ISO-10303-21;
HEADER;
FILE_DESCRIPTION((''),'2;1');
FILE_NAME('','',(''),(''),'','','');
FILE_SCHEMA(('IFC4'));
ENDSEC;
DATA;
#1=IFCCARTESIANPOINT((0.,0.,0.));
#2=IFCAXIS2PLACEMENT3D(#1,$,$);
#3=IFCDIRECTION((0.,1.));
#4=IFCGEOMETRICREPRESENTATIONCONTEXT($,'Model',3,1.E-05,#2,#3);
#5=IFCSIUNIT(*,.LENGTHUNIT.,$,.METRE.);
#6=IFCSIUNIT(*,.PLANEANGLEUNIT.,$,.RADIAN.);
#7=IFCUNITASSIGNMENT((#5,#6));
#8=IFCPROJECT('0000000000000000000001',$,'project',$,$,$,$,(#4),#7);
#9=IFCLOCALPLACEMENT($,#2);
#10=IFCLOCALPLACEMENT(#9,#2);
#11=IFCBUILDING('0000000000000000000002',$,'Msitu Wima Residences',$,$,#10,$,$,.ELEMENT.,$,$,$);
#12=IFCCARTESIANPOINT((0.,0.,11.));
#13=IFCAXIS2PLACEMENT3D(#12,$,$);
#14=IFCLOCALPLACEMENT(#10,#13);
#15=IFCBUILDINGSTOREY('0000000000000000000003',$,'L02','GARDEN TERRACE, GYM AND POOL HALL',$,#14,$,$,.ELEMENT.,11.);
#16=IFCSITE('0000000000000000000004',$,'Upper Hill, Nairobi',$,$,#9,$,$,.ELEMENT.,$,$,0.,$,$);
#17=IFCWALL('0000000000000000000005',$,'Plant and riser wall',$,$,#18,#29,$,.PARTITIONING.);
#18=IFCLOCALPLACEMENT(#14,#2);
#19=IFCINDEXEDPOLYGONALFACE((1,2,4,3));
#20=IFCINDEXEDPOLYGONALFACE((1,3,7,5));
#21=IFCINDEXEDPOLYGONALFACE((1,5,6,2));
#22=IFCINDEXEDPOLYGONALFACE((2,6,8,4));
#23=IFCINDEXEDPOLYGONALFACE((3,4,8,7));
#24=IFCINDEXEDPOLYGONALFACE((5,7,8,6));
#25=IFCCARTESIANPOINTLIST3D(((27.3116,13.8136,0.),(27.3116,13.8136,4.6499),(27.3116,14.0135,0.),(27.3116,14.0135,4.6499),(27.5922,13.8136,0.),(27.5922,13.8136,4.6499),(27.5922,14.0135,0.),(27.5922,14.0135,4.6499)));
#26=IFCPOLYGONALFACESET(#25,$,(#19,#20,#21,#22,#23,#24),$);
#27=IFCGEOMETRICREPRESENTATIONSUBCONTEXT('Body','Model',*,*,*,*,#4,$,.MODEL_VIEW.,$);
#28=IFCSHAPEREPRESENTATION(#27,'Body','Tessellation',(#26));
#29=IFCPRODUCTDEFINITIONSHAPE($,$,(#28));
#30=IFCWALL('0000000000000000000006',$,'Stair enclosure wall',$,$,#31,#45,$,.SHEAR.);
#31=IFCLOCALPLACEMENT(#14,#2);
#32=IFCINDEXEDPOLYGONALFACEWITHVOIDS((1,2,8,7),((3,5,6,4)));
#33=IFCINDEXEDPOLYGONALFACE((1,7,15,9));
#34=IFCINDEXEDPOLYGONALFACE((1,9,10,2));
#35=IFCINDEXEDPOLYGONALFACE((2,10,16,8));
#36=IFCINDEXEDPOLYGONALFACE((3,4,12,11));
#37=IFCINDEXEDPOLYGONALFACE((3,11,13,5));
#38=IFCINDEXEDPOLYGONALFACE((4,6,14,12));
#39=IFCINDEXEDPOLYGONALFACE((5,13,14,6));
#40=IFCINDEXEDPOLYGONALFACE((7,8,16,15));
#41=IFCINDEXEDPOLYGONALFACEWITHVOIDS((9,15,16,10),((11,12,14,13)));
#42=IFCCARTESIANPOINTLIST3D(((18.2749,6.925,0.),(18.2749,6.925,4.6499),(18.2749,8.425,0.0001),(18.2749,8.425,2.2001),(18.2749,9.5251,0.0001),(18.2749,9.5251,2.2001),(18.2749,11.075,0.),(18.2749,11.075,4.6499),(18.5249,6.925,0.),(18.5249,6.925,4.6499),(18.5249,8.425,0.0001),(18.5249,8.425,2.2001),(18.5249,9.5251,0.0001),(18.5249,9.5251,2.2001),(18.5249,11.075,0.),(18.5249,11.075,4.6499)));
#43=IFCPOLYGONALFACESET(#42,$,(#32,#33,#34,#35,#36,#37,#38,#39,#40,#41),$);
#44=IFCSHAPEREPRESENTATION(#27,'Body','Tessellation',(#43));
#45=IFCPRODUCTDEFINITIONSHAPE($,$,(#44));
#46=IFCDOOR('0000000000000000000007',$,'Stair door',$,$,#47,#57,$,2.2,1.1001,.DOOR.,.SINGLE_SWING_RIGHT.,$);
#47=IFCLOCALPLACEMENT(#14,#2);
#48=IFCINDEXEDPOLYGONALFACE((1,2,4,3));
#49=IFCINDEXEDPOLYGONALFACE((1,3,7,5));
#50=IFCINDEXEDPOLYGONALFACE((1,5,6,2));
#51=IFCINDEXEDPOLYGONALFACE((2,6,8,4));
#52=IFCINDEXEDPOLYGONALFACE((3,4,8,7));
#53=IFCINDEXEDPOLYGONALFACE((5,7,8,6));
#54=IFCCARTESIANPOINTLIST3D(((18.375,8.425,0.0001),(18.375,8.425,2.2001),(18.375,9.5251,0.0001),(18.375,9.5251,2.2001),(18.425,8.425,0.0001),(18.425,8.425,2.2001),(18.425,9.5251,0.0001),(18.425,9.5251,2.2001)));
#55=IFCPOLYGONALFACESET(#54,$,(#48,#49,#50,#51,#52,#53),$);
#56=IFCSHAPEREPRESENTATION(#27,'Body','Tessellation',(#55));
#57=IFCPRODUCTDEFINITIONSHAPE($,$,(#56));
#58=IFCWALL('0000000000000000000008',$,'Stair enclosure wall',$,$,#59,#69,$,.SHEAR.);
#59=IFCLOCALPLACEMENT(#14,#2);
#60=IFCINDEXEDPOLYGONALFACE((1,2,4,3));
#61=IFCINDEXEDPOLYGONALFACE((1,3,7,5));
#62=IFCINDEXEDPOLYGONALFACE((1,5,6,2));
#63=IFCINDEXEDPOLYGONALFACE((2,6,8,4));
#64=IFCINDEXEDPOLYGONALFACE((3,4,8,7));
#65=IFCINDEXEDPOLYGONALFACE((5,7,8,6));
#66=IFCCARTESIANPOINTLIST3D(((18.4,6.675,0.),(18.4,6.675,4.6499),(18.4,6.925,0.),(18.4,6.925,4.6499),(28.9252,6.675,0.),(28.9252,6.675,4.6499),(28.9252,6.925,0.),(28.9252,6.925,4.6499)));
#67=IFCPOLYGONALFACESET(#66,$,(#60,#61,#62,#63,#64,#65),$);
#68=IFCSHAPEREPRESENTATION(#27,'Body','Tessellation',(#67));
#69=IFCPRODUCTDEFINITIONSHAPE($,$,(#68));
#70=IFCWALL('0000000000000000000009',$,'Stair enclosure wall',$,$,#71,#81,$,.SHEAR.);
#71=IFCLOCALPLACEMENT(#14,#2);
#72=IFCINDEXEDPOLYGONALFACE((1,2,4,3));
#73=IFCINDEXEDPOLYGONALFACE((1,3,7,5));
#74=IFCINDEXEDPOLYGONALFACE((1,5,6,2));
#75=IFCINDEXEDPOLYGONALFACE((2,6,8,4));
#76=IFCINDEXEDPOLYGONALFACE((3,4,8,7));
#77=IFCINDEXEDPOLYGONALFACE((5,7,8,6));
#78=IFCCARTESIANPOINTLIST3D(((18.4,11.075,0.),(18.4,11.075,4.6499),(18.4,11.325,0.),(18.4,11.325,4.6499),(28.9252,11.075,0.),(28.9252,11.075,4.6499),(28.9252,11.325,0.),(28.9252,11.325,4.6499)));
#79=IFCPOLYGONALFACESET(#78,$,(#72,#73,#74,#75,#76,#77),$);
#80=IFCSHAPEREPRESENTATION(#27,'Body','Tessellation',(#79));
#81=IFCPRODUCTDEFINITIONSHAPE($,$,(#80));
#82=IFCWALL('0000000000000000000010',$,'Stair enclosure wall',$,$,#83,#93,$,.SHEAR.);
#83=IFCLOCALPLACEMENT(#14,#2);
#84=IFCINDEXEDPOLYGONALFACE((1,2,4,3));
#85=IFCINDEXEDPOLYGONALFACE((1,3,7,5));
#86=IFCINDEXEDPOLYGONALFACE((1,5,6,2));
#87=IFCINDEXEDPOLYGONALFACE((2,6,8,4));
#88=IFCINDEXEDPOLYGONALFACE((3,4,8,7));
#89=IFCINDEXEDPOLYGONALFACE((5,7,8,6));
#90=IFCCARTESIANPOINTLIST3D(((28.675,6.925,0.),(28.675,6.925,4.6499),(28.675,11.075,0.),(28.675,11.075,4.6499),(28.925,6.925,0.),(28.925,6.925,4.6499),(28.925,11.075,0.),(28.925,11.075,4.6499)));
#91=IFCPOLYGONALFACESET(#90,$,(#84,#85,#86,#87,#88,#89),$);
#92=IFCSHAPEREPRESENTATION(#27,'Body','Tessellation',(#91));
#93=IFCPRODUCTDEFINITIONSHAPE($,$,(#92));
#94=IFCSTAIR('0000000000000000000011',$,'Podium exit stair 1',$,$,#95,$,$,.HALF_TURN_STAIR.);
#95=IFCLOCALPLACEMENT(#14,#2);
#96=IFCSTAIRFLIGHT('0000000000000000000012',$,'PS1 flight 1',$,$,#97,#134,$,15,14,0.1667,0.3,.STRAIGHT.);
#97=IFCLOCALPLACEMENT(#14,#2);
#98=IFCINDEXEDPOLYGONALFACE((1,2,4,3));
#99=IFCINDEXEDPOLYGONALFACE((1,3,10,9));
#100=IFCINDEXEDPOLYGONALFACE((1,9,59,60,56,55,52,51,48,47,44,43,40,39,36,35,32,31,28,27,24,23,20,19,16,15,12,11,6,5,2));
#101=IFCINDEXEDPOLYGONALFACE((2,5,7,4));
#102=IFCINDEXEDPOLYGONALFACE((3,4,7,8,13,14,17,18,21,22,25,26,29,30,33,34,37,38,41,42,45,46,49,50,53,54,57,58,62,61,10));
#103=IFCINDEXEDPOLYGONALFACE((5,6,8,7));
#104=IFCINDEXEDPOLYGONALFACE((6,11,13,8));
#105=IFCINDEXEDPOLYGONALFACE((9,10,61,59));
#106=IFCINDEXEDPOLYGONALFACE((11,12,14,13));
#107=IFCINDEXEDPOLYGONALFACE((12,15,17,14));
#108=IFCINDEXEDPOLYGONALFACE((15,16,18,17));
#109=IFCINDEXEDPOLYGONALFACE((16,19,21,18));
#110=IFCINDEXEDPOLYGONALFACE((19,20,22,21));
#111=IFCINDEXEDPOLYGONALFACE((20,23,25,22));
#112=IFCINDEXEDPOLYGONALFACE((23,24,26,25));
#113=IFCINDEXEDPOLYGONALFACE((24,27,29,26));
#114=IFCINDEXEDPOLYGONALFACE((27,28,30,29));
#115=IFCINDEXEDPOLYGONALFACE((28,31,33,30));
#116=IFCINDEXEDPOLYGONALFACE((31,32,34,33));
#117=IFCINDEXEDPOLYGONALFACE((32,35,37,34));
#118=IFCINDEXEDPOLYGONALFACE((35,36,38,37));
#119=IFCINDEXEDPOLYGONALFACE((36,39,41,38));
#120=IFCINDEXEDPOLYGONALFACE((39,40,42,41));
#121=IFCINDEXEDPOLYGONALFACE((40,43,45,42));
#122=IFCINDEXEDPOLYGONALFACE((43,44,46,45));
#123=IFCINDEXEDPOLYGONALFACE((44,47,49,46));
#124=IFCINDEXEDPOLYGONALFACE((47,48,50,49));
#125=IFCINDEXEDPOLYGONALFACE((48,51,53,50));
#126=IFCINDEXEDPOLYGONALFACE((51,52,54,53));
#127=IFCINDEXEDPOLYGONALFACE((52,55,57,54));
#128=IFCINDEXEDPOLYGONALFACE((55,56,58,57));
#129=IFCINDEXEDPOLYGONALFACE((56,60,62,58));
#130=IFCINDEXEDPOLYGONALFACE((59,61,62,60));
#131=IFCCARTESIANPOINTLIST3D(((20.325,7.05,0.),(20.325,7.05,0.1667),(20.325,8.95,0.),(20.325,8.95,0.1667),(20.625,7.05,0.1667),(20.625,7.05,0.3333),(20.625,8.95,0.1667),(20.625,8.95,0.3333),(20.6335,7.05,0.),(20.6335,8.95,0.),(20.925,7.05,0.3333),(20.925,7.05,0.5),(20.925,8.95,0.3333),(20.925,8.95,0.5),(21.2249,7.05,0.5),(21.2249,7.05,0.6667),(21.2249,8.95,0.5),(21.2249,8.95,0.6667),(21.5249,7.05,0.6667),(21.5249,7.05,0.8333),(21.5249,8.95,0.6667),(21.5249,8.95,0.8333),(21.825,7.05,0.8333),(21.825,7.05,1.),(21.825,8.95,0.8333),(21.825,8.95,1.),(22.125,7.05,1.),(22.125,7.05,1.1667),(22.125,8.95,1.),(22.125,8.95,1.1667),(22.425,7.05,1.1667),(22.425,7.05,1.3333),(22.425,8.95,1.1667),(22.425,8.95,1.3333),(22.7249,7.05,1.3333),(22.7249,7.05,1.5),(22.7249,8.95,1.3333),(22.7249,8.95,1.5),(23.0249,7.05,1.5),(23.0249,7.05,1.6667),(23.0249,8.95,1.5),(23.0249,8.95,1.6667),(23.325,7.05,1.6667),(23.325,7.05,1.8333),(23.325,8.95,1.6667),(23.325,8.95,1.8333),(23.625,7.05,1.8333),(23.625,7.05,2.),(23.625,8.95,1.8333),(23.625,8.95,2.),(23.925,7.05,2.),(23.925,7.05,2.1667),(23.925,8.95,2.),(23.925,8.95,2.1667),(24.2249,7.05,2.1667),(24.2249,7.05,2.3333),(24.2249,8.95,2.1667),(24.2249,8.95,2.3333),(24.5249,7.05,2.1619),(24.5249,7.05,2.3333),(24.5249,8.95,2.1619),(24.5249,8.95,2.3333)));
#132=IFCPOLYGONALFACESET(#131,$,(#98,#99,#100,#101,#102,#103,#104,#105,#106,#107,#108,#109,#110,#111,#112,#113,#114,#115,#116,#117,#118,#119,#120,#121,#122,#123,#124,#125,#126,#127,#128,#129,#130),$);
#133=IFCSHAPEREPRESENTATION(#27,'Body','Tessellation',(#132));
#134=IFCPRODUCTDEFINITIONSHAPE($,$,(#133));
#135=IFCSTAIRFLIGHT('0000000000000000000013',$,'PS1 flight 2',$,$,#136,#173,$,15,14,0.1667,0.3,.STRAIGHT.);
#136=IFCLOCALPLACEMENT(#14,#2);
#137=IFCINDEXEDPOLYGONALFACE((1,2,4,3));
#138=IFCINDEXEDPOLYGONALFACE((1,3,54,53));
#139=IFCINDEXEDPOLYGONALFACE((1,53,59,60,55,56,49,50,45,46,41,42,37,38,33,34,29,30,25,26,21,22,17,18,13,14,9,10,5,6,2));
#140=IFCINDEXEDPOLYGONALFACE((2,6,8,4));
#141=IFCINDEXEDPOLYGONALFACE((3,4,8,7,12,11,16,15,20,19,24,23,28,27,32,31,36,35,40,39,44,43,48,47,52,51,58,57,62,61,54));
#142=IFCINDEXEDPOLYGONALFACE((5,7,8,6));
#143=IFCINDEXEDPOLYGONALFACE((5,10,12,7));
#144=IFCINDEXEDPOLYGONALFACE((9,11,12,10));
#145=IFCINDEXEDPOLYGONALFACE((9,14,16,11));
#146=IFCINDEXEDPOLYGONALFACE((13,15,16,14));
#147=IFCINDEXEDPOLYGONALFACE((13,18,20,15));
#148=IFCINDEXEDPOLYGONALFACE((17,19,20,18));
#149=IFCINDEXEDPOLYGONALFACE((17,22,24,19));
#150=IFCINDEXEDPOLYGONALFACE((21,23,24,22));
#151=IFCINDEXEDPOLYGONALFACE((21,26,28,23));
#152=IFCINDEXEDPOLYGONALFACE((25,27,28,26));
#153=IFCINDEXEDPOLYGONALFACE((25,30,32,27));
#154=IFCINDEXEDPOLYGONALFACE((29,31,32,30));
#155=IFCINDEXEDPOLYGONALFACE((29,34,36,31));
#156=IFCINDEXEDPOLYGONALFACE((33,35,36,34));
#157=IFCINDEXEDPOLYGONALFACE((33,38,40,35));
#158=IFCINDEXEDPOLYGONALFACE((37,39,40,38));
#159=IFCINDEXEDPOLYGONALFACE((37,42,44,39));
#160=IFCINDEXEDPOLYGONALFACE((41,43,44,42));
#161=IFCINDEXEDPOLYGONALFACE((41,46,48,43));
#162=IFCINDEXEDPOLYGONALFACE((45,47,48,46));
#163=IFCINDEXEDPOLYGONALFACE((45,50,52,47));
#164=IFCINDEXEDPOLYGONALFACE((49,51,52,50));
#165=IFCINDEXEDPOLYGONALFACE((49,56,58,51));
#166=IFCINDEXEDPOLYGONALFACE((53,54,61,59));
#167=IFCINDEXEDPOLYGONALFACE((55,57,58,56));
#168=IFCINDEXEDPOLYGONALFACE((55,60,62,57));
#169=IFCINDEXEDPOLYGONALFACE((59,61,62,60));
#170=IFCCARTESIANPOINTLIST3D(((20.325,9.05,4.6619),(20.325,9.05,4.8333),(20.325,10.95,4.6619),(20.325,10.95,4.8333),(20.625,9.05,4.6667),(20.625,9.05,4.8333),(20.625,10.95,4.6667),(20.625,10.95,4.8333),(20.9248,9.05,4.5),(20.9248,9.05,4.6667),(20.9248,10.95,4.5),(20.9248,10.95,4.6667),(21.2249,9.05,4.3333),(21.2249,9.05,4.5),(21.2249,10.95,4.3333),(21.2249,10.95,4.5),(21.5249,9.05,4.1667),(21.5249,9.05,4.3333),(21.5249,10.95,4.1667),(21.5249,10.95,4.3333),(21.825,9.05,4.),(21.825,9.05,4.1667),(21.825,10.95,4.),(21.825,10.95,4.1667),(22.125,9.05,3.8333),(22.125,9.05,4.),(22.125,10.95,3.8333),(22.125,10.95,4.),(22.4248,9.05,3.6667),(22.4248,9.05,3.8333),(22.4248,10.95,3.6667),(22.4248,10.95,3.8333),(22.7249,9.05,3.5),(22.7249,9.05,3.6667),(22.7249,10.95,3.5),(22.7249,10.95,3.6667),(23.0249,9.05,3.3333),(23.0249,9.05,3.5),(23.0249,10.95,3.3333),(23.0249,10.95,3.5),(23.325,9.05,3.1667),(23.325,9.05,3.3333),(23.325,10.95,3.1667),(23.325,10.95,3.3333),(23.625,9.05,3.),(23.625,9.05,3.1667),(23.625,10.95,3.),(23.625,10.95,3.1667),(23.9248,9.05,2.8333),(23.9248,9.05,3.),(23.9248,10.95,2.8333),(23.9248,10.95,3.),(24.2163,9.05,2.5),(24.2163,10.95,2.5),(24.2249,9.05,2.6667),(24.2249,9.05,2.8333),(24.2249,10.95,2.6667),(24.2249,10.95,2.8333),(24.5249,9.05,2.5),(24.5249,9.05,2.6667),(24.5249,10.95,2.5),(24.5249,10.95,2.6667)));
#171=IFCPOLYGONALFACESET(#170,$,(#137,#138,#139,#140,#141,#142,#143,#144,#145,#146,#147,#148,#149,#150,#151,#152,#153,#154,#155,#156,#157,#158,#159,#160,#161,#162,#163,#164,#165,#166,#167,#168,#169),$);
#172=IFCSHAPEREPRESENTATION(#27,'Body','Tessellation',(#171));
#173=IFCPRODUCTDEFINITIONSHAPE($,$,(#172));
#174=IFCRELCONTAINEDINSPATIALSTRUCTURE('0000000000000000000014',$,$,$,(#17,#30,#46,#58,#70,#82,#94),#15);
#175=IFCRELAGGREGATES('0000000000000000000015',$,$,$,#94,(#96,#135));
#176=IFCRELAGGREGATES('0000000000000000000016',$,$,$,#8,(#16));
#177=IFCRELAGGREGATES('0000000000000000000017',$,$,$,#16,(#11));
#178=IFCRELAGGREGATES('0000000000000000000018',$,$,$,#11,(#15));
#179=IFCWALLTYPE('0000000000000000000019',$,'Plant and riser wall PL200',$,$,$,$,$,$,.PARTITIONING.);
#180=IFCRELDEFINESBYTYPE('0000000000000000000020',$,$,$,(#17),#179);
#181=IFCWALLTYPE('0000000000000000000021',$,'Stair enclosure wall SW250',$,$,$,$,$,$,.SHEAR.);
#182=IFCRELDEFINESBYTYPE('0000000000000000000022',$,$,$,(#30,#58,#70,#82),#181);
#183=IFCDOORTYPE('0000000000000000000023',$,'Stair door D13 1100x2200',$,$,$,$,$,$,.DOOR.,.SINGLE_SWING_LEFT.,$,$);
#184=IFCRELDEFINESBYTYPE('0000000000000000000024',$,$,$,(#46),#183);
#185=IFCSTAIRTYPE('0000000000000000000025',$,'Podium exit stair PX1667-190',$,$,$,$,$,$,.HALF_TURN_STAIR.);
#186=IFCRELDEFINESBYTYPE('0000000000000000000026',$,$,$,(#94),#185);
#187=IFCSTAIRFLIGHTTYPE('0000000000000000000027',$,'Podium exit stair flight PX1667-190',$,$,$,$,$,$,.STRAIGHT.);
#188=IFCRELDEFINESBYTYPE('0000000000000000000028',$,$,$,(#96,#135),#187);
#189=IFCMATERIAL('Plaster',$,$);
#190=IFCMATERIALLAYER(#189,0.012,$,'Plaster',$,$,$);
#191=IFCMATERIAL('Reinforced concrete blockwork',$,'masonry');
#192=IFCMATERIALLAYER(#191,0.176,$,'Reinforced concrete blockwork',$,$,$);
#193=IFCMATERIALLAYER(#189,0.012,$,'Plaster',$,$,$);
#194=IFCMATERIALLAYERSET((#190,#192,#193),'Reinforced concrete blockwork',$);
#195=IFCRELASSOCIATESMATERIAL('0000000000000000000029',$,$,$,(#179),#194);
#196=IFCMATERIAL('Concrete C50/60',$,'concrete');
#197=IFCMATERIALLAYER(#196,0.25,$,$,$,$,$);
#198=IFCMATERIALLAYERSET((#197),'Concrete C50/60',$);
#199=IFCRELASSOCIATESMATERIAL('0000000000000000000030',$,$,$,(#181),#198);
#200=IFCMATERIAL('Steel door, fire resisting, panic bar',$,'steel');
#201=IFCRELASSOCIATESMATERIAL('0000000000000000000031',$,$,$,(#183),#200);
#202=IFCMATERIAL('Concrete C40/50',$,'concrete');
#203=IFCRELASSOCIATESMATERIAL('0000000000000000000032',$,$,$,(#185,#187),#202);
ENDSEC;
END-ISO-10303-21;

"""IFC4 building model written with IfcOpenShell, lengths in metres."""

from ifc_helpers import new_model, si_unit, direction, frame, frame_2d, origin, place, context, subcontext, project, spatial, polyline, rectangle, outline, extrude, material, layer, layer_set, type_object, element, fill, aggregate, save


model = new_model("IFC4")

# Units and contexts
model_context = context("Model", 3, precision=1e-05, world=origin(), true_north=direction((0.0, 1.0)))
body_context = subcontext(model_context, "Body", "Model", "MODEL_VIEW")
ifc_project = project(units=[si_unit("LENGTHUNIT", "METRE"), si_unit("PLANEANGLEUNIT", "RADIAN")], contexts=[model_context])

# Site, building, storey
site_placement = place(None, origin())
site = spatial("IfcSite", under=ifc_project, at=site_placement, Name="Upper Hill, Nairobi", CompositionType="ELEMENT", RefElevation=0.0)
building_placement = place(site_placement, origin())
building = spatial("IfcBuilding", under=site, at=building_placement, Name="Msitu Wima Residences", CompositionType="ELEMENT")
storey_placement = place(building_placement, frame((0.0, 0.0, 11.0)))
storey = spatial("IfcBuildingStorey", under=building, at=storey_placement, Name="L02", Description="GARDEN TERRACE, GYM AND POOL HALL", CompositionType="ELEMENT", Elevation=11.0)

# Shared definitions
ifc_material_1 = material(Name="Concrete C40/50", Category="concrete")

# Shared definitions
ifc_material_2 = material(Name="Plaster")

# Wall
ifc_layer_1 = layer(ifc_material_2, 0.012, Name="Plaster")
ifc_material_3 = material(Name="Reinforced concrete blockwork", Category="masonry")
ifc_layer_2 = layer(ifc_material_3, 0.176, Name="Reinforced concrete blockwork")
ifc_layer_3 = layer(ifc_material_2, 0.012, Name="Plaster")
ifc_layer_set_1 = layer_set([ifc_layer_1, ifc_layer_2, ifc_layer_3], Name="Reinforced concrete blockwork")
wall_type_1 = type_object("IfcWallType", Name="Plant and riser wall PL200", PredefinedType="PARTITIONING", material=ifc_layer_set_1)
wall_1_placement = place(storey_placement, frame((27.3118, 13.9136, 0.0), z_axis=(0.0, 0.0, 1.0), x_axis=(1.0, 0.0, 0.0)))
element("IfcWall", 1, at=wall_1_placement, inside=storey, type_object=wall_type_1, Name="Plant and riser wall", PredefinedType="PARTITIONING", context=body_context, shape_type="SweptSolid", body=[
    extrude(rectangle(XDim=0.2805, YDim=0.2, at=frame_2d((0.1401, 0.0))), origin(), (0.0, 0.0, 1.0), 4.6499),
])

# Wall, opening, door
ifc_material_4 = material(Name="Concrete C50/60", Category="concrete")
ifc_layer_4 = layer(ifc_material_4, 0.25)
ifc_layer_set_2 = layer_set([ifc_layer_4], Name="Concrete C50/60")
wall_type_2 = type_object("IfcWallType", Name="Stair enclosure wall SW250", PredefinedType="SHEAR", material=ifc_layer_set_2)
wall_2_placement = place(storey_placement, frame((18.3999, 6.925, 0.0), z_axis=(0.0, 0.0, 1.0), x_axis=(0.0, 1.0, 0.0)))
wall_2 = element("IfcWall", 2, at=wall_2_placement, inside=storey, type_object=wall_type_2, Name="Stair enclosure wall", PredefinedType="SHEAR", context=body_context, shape_type="SweptSolid", body=[
    extrude(rectangle(XDim=4.1499, YDim=0.25, at=frame_2d((2.075, 0.0))), origin(), (0.0, 0.0, 1.0), 4.6499),
])
opening_1_placement = place(wall_2_placement, frame((1.5, 0.0, 0.0)))
opening_1 = element("IfcOpeningElement", 3, at=opening_1_placement, cuts=wall_2, PredefinedType="OPENING", context=body_context, shape_type="SweptSolid", body=[
    extrude(rectangle(XDim=1.1001, YDim=2.2, at=frame_2d((0.55, 1.1001))), frame((0.0, 0.135, 0.0), z_axis=(0.0, -1.0, 0.0), x_axis=(1.0, 0.0, 0.0)), (0.0, 0.0, 1.0), 0.27),
])
ifc_material_5 = material(Name="Steel door, fire resisting, panic bar", Category="steel")
door_type_1 = type_object("IfcDoorType", Name="Stair door D13 1100x2200", OperationType="SINGLE_SWING_LEFT", PredefinedType="DOOR", material=ifc_material_5)
door_1_placement = place(opening_1_placement, origin())
door_1 = element("IfcDoor", 4, at=door_1_placement, inside=storey, type_object=door_type_1, Name="Stair door", OperationType="SINGLE_SWING_RIGHT", OverallHeight=2.2, OverallWidth=1.1001, PredefinedType="DOOR", context=body_context, shape_type="SweptSolid", body=[
    extrude(rectangle(XDim=1.1001, YDim=2.2, at=frame_2d((0.55, 1.1001))), frame((0.0, 0.0249, 0.0), z_axis=(0.0, -1.0, 0.0), x_axis=(1.0, 0.0, 0.0)), (0.0, 0.0, 1.0), 0.05),
])
fill(opening_1, door_1)

# Walls
for number, where, z_axis, x_axis, name in (
    (5, (18.3999, 6.8, 0.0), (0.0, 0.0, 1.0), (1.0, 0.0, 0.0), "Stair enclosure wall"),
    (6, (18.3999, 11.2, 0.0), (0.0, 0.0, 1.0), (1.0, 0.0, 0.0), "Stair enclosure wall"),
):
    element("IfcWall", number, at=place(storey_placement, frame(where, z_axis=z_axis, x_axis=x_axis)), inside=storey, type_object=wall_type_2, Name=name, PredefinedType="SHEAR", context=body_context, shape_type="SweptSolid", body=[
        extrude(rectangle(XDim=10.5251, YDim=0.25, at=frame_2d((5.2627, 0.0))), origin(), (0.0, 0.0, 1.0), 4.6499),
    ])
wall_3_placement = place(storey_placement, frame((28.8, 6.925, 0.0), z_axis=(0.0, 0.0, 1.0), x_axis=(0.0, 1.0, 0.0)))
element("IfcWall", 7, at=wall_3_placement, inside=storey, type_object=wall_type_2, Name="Stair enclosure wall", PredefinedType="SHEAR", context=body_context, shape_type="SweptSolid", body=[
    extrude(rectangle(XDim=4.1499, YDim=0.25, at=frame_2d((2.075, 0.0))), origin(), (0.0, 0.0, 1.0), 4.6499),
])

# Stair, stair flights
stair_type = type_object("IfcStairType", Name="Podium exit stair PX1667-190", PredefinedType="HALF_TURN_STAIR", material=ifc_material_1)
stair_placement = place(storey_placement, origin())
stair = element("IfcStair", 8, at=stair_placement, inside=storey, type_object=stair_type, Name="Podium exit stair 1", PredefinedType="HALF_TURN_STAIR")
stair_flight_type = type_object("IfcStairFlightType", Name="Podium exit stair flight PX1667-190", PredefinedType="STRAIGHT", material=ifc_material_1)
stair_flight_1_placement = place(storey_placement, frame((20.325, 8.0, 0.0), z_axis=(0.0, 0.0, 1.0), x_axis=(1.0, 0.0, 0.0)))
stair_flight_1 = element("IfcStairFlight", 9, at=stair_flight_1_placement, type_object=stair_flight_type, Name="PS1 flight 1", NumberOfRisers=15, NumberOfTreads=14, PredefinedType="STRAIGHT", RiserHeight=0.1667, TreadLength=0.3, context=body_context, shape_type="SweptSolid", body=[
    extrude(outline(polyline([(0.0, 0.0), (0.0, 0.1667), (0.3, 0.1667), (0.3, 0.3333), (0.6001, 0.3333), (0.6001, 0.5), (0.8999, 0.5), (0.8999, 0.6667), (1.2, 0.6667), (1.2, 0.8333), (1.5, 0.8333), (1.5, 1.0), (1.8, 1.0), (1.8, 1.1667), (2.1001, 1.1667), (2.1001, 1.3333), (2.3999, 1.3333), (2.3999, 1.5), (2.7, 1.5), (2.7, 1.6667), (3.0, 1.6667), (3.0, 1.8333), (3.3, 1.8333), (3.3, 2.0), (3.6001, 2.0), (3.6001, 2.1667), (3.8999, 2.1667), (3.8999, 2.3333), (4.2, 2.3333), (4.2, 2.5), (4.2, 2.1619), (0.3086, 0.0), (0.0, 0.0)])), frame((0.0, 0.95, 0.0), z_axis=(0.0, -1.0, 0.0), x_axis=(1.0, 0.0, 0.0)), (0.0, 0.0, 1.0), 1.8999),
])
stair_flight_2_placement = place(storey_placement, frame((24.5249, 10.0, 2.5), z_axis=(0.0, 0.0, 1.0), x_axis=(-1.0, 0.0, 0.0)))
stair_flight_2 = element("IfcStairFlight", 10, at=stair_flight_2_placement, type_object=stair_flight_type, Name="PS1 flight 2", NumberOfRisers=15, NumberOfTreads=14, PredefinedType="STRAIGHT", RiserHeight=0.1667, TreadLength=0.3, context=body_context, shape_type="SweptSolid", body=[
    extrude(outline(polyline([(0.0, 0.0), (0.0, 0.1667), (0.3, 0.1667), (0.3, 0.3333), (0.6001, 0.3333), (0.6001, 0.5), (0.8999, 0.5), (0.8999, 0.6667), (1.2, 0.6667), (1.2, 0.8333), (1.5, 0.8333), (1.5, 1.0), (1.8, 1.0), (1.8, 1.1667), (2.1001, 1.1667), (2.1001, 1.3333), (2.3999, 1.3333), (2.3999, 1.5), (2.7, 1.5), (2.7, 1.6667), (3.0, 1.6667), (3.0, 1.8333), (3.3, 1.8333), (3.3, 2.0), (3.6001, 2.0), (3.6001, 2.1667), (3.8999, 2.1667), (3.8999, 2.3333), (4.2, 2.3333), (4.2, 2.5), (4.2, 2.1619), (0.3086, 0.0), (0.0, 0.0)])), frame((0.0, 0.95, 0.0), z_axis=(0.0, -1.0, 0.0), x_axis=(1.0, 0.0, 0.0)), (0.0, 0.0, 1.0), 1.8999),
])
aggregate(stair, [stair_flight_1, stair_flight_2])

save(model, "model.ifc")
